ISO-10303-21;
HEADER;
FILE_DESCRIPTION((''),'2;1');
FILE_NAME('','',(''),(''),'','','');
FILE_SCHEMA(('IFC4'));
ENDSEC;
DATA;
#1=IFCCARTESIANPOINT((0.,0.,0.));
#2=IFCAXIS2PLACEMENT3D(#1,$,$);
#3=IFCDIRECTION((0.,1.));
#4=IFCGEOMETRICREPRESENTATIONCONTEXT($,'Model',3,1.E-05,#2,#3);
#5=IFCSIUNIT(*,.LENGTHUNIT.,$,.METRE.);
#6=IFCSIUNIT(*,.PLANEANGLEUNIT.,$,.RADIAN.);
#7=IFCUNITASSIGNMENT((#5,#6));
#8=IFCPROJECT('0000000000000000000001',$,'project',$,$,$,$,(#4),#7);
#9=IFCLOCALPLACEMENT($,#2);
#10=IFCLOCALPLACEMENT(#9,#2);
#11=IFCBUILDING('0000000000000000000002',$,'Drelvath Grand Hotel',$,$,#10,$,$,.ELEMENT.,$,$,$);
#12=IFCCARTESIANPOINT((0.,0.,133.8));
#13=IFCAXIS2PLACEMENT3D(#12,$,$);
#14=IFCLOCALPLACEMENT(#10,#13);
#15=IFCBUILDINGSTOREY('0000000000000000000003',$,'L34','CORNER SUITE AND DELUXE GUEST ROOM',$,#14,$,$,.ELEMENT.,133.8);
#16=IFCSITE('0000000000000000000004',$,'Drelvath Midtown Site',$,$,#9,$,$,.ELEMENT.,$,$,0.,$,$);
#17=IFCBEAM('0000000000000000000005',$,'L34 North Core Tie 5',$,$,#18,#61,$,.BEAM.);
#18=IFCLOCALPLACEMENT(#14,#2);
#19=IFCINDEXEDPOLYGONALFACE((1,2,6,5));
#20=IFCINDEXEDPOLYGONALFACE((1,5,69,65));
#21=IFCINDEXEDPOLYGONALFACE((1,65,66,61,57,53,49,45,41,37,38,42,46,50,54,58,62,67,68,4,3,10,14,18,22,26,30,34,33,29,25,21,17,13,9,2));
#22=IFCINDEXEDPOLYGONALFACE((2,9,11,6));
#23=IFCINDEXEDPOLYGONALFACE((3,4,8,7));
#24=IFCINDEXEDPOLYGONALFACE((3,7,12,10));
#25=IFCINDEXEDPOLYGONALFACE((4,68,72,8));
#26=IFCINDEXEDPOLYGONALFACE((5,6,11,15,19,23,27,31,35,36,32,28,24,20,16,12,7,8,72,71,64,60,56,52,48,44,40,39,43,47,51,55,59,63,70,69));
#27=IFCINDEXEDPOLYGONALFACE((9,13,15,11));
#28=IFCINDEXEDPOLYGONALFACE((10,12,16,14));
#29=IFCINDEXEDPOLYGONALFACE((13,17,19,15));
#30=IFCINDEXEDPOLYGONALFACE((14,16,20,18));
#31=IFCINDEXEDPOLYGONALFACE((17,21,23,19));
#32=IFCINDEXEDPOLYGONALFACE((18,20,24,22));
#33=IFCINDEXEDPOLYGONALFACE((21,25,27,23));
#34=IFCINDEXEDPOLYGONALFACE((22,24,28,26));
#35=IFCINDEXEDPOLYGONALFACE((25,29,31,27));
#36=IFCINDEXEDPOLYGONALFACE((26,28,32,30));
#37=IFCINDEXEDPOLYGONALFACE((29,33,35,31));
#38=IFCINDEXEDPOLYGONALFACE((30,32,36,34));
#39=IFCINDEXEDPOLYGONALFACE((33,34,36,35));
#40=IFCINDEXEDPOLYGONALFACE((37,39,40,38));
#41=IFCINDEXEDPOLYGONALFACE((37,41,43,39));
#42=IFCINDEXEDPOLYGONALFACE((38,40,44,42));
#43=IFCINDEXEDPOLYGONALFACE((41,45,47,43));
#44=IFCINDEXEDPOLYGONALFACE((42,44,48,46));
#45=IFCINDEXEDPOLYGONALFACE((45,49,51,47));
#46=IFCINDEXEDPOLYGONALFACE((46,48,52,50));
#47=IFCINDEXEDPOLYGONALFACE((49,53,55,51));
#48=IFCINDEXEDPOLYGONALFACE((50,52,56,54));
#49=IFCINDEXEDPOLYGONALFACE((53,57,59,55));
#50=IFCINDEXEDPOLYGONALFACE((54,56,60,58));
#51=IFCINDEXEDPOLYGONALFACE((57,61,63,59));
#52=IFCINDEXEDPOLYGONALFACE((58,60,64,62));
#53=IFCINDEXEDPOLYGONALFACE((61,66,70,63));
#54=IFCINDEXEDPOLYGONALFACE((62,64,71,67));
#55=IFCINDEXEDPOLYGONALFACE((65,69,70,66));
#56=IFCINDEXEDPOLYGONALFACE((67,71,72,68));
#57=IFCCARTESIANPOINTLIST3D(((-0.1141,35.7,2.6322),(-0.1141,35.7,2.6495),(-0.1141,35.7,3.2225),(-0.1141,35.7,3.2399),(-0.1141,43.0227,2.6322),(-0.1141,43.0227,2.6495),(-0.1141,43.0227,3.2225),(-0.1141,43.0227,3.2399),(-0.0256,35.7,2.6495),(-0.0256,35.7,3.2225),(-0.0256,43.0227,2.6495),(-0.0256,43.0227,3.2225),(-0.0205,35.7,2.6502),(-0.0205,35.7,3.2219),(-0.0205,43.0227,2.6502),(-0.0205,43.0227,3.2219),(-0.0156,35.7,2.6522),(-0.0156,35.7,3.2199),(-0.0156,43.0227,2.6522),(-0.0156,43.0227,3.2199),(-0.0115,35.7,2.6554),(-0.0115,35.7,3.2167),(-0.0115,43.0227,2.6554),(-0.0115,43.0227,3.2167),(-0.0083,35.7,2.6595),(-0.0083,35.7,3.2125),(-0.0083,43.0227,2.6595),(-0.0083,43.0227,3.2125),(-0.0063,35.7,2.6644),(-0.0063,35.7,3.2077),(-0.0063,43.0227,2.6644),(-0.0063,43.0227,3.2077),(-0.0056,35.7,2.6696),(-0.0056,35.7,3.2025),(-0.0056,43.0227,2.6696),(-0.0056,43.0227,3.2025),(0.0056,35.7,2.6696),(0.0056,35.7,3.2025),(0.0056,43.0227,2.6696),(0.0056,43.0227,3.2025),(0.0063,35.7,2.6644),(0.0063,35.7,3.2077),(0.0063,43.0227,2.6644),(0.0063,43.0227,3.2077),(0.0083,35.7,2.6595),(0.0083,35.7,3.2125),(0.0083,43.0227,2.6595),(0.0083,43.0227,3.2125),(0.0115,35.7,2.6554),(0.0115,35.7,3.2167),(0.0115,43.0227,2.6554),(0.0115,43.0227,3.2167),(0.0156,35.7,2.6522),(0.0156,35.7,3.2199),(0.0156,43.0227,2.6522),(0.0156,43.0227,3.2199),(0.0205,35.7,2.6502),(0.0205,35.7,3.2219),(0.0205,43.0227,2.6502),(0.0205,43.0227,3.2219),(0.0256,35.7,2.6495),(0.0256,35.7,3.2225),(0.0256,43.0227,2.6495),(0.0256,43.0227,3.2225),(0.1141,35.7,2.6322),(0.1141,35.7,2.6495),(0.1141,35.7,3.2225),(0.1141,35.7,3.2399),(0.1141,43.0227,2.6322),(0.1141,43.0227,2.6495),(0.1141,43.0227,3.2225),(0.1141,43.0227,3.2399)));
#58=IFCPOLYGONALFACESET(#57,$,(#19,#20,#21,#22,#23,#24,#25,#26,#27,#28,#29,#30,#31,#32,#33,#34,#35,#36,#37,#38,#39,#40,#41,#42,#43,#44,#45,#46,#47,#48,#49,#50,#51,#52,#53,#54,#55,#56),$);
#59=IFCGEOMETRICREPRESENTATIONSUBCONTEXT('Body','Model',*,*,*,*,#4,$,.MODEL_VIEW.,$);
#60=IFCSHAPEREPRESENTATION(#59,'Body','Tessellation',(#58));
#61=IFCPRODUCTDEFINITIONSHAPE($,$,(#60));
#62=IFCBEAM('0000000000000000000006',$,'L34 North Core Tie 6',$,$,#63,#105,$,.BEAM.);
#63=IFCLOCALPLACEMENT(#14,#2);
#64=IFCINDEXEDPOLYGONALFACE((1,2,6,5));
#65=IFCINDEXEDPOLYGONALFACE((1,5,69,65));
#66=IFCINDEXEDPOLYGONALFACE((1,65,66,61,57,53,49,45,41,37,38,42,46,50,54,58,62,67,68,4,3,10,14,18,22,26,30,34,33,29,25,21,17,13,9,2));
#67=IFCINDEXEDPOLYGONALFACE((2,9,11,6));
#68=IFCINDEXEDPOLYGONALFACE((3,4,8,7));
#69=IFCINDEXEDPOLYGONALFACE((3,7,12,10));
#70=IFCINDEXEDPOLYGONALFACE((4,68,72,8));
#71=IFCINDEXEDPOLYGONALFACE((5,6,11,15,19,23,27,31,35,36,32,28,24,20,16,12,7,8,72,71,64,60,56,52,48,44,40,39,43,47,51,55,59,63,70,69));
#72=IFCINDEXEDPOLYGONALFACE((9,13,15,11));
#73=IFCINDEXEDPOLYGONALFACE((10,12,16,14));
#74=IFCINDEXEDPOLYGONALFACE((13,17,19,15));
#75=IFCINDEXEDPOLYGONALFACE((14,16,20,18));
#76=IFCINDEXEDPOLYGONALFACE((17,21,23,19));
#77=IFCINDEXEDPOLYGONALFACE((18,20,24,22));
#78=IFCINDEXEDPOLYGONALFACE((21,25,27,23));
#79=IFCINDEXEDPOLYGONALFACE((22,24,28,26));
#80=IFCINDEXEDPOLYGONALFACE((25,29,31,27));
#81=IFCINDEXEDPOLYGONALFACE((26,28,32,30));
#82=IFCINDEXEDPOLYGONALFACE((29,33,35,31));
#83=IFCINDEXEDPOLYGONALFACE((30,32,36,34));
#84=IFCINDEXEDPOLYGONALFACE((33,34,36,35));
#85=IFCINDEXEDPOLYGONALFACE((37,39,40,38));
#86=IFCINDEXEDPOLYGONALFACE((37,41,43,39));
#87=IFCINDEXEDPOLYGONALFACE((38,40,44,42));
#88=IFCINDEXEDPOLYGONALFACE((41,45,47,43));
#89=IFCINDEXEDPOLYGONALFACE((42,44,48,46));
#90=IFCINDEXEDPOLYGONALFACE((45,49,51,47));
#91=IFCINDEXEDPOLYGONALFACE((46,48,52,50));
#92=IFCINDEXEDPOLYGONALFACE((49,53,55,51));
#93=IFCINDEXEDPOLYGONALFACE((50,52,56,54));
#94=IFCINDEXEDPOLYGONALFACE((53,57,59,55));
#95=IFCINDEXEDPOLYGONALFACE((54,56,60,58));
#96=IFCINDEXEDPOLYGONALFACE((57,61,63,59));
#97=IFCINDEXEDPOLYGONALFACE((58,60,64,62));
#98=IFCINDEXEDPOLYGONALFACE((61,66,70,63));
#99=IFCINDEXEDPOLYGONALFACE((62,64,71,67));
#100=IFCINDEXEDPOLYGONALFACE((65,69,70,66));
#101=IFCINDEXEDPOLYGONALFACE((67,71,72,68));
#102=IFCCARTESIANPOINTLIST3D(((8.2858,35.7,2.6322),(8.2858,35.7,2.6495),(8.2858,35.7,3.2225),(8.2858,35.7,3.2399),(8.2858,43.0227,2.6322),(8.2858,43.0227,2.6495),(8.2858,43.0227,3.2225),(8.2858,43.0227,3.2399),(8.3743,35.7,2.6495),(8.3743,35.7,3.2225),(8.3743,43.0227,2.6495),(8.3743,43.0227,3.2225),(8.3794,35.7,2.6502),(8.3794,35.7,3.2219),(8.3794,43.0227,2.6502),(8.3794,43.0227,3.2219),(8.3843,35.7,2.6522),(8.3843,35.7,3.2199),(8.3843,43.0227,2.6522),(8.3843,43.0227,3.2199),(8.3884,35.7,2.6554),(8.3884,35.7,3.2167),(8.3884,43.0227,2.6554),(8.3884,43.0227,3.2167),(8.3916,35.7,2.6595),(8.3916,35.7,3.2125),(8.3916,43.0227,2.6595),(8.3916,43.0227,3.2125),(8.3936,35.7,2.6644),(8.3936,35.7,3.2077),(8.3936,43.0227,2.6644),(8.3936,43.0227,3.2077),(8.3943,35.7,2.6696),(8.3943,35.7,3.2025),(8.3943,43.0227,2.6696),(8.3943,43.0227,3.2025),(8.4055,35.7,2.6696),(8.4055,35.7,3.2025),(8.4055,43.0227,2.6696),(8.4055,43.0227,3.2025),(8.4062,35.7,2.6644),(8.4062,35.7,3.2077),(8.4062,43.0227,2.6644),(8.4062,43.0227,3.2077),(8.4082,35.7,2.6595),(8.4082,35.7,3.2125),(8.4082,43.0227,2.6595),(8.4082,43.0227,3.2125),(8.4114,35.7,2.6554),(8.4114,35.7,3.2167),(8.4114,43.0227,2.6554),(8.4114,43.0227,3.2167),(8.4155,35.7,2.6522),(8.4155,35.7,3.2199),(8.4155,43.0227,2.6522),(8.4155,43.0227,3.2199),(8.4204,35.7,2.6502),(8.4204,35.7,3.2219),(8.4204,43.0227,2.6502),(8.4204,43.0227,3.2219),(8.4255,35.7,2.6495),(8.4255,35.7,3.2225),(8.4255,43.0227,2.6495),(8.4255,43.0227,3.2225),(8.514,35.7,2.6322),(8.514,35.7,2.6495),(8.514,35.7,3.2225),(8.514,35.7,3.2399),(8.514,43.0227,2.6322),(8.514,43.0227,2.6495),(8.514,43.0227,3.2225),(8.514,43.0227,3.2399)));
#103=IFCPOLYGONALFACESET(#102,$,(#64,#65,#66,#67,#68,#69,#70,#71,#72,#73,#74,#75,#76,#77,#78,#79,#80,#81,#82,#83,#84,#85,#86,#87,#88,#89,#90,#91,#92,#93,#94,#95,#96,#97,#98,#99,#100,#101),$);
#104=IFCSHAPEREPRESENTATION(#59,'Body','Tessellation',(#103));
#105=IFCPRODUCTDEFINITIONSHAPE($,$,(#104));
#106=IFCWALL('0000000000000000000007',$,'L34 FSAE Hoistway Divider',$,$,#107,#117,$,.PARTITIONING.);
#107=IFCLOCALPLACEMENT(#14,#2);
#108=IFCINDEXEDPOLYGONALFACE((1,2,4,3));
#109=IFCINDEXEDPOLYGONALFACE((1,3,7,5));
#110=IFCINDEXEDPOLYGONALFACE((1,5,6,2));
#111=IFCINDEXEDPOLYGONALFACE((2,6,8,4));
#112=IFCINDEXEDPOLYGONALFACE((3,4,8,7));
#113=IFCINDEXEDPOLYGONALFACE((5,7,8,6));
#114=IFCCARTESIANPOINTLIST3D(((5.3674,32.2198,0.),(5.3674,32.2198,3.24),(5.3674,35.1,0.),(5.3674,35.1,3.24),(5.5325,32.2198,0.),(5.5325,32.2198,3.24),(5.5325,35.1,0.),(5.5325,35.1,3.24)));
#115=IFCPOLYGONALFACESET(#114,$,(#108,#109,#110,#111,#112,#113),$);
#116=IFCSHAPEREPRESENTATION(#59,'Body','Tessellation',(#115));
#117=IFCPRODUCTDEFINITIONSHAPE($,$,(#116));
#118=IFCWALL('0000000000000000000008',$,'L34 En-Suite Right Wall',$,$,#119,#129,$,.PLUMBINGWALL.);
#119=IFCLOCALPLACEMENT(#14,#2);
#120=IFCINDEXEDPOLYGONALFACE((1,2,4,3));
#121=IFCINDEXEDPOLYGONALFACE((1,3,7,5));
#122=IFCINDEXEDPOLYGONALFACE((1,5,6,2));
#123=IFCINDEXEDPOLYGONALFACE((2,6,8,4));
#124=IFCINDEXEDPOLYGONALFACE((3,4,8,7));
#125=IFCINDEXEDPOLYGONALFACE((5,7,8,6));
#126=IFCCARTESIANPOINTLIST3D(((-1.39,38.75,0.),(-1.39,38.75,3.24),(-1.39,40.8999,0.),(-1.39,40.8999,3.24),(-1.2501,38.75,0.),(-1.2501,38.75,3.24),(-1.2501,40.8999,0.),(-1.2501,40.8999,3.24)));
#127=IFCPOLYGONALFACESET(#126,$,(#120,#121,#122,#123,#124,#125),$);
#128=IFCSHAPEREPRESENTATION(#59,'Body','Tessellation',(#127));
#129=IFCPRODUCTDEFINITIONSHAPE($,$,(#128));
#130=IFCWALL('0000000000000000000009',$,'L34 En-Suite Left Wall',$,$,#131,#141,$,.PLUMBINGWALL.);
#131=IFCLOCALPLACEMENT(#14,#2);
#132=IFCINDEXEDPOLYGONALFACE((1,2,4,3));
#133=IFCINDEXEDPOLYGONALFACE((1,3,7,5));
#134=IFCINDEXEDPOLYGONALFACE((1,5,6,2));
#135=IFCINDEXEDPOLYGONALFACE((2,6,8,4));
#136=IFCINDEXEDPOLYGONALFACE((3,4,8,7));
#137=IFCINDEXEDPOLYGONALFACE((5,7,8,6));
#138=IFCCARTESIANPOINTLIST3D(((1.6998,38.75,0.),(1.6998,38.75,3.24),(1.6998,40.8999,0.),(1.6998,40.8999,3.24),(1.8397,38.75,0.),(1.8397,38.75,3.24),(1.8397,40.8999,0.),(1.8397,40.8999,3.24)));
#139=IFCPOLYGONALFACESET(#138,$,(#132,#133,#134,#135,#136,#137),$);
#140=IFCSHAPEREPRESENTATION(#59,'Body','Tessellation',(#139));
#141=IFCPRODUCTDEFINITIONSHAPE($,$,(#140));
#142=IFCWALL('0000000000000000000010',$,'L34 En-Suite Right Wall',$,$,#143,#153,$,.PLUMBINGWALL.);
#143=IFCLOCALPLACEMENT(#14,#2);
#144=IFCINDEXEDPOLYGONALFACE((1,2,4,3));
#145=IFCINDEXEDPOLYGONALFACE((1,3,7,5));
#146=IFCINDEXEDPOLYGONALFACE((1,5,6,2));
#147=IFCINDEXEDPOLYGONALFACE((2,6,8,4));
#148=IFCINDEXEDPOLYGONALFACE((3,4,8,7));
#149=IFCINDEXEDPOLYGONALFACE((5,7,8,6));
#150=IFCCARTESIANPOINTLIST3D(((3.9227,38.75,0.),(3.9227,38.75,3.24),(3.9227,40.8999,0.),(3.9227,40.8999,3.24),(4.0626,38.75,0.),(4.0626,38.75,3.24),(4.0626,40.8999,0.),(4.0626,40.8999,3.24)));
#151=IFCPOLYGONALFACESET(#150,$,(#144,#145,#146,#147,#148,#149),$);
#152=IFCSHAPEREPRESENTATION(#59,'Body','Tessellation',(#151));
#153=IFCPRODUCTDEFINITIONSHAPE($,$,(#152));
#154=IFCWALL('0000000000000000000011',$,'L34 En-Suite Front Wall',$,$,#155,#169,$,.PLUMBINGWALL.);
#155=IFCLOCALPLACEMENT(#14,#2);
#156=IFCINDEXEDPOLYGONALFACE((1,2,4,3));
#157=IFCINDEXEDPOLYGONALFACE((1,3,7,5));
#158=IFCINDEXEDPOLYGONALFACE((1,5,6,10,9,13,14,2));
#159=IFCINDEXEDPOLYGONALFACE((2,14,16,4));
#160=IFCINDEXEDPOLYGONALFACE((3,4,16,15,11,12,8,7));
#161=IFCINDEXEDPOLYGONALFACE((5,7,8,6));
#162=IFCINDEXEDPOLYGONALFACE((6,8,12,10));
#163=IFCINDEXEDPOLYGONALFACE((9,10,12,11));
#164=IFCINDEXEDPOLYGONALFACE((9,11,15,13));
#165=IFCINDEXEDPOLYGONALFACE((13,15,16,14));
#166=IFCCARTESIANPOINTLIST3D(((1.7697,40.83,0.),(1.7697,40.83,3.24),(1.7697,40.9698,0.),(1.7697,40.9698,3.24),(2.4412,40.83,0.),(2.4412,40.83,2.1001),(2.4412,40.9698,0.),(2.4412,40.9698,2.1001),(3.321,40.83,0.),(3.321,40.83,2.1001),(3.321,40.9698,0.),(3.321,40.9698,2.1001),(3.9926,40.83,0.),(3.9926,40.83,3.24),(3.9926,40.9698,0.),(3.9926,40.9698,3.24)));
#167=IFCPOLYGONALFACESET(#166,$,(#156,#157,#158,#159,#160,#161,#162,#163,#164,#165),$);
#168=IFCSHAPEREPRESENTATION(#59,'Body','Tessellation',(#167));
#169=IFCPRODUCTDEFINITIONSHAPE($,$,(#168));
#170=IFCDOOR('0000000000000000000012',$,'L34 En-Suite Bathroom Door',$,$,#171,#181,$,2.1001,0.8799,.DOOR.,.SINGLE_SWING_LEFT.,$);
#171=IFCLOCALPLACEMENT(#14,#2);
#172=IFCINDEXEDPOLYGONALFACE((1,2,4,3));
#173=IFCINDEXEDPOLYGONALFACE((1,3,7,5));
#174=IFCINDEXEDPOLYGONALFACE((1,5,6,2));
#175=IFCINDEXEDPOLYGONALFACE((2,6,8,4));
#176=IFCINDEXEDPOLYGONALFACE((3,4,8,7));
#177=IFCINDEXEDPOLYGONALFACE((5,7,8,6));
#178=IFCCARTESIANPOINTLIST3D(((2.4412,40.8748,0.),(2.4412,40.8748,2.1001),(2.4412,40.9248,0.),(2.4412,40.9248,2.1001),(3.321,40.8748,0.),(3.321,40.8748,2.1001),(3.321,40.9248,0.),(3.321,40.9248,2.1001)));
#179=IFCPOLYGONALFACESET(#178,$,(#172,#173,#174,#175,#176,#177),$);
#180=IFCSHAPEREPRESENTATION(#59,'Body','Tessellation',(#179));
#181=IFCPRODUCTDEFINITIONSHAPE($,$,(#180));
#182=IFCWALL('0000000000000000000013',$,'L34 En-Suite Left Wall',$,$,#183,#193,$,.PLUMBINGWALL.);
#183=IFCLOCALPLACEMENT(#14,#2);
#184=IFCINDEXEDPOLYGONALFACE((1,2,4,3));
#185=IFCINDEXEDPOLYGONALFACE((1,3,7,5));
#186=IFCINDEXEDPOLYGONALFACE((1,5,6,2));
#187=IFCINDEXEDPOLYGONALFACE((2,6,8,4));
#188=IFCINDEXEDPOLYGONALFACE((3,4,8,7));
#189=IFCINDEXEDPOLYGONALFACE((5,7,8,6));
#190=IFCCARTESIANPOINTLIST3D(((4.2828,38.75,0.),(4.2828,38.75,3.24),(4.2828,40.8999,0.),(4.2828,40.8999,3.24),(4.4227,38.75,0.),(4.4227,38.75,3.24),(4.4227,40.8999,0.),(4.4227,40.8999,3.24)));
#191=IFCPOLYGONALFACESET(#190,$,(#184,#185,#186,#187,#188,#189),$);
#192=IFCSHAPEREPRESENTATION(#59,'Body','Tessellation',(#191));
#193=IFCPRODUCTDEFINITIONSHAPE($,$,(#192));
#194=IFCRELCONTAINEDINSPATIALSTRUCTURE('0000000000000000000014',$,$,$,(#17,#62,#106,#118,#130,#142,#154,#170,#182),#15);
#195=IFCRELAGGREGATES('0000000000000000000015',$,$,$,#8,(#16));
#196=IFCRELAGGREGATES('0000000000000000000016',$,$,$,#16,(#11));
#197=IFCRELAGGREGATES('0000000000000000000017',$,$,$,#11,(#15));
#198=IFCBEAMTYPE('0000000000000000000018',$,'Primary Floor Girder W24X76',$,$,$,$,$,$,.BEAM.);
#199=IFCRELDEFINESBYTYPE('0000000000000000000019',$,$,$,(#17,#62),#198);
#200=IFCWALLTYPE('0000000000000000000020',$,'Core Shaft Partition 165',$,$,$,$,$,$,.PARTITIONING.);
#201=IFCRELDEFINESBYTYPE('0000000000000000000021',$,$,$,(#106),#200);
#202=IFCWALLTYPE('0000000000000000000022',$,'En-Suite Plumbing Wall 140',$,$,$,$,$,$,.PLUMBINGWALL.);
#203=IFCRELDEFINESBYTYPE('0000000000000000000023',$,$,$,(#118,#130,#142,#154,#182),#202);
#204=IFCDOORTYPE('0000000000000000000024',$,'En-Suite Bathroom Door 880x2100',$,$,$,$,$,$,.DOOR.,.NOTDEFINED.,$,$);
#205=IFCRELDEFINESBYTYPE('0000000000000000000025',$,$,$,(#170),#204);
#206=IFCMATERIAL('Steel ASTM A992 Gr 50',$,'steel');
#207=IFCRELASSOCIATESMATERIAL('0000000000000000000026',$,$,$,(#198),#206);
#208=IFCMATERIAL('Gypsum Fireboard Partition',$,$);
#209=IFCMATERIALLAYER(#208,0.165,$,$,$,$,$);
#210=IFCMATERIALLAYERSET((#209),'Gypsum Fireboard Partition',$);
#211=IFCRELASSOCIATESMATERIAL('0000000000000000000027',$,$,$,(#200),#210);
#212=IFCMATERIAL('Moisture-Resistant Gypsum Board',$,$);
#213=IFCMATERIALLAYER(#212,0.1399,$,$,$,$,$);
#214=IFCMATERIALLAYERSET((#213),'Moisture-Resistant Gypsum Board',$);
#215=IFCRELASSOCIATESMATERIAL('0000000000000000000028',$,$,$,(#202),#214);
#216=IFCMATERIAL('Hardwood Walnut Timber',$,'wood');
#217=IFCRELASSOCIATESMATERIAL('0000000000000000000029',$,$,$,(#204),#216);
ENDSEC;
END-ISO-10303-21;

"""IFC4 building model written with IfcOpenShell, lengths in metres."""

from ifc_helpers import new_model, si_unit, direction, frame, frame_2d, origin, origin_2d, place, context, subcontext, project, spatial, rectangle, i_section, extrude, material, layer, layer_set, material_profile, profile_set, type_object, element, fill, save


model = new_model("IFC4")

# Units and contexts
model_context = context("Model", 3, precision=1e-05, world=origin(), true_north=direction((0.0, 1.0)))
body_context = subcontext(model_context, "Body", "Model", "MODEL_VIEW")
ifc_project = project(units=[si_unit("LENGTHUNIT", "METRE"), si_unit("PLANEANGLEUNIT", "RADIAN")], contexts=[model_context])

# Site, building, storey
site_placement = place(None, origin())
site = spatial("IfcSite", under=ifc_project, at=site_placement, Name="Drelvath Midtown Site", CompositionType="ELEMENT", RefElevation=0.0)
building_placement = place(site_placement, origin())
building = spatial("IfcBuilding", under=site, at=building_placement, Name="Drelvath Grand Hotel", CompositionType="ELEMENT")
storey_placement = place(building_placement, frame((0.0, 0.0, 133.8)))
storey = spatial("IfcBuildingStorey", under=building, at=storey_placement, Name="L34", Description="CORNER SUITE AND DELUXE GUEST ROOM", CompositionType="ELEMENT", Elevation=133.8)

# Beams
ifc_material_1 = material(Name="Steel ASTM A992 Gr 50", Category="steel")
ifc_material_profile = material_profile(ifc_material_1, i_section(OverallWidth=0.2283, OverallDepth=0.6077, WebThickness=0.0112, FlangeThickness=0.0173, FilletRadius=0.02, at=origin_2d()), Name="W24X76")
ifc_profile_set = profile_set([ifc_material_profile], Name="Steel ASTM A992 Gr 50")
beam_type = type_object("IfcBeamType", Name="Primary Floor Girder W24X76", PredefinedType="BEAM", material=ifc_profile_set)
for number, where, z_axis, x_axis, name in (
    (1, (0.0, 35.7, 2.936), (0.0, 1.0, 0.0), (-1.0, 0.0, 0.0), "L34 North Core Tie 5"),
    (2, (8.3999, 35.7, 2.936), (0.0, 1.0, 0.0), (-1.0, 0.0, 0.0), "L34 North Core Tie 6"),
):
    element("IfcBeam", number, at=place(storey_placement, frame(where, z_axis=z_axis, x_axis=x_axis)), inside=storey, type_object=beam_type, Name=name, PredefinedType="BEAM", context=body_context, shape_type="SweptSolid", body=[
        extrude(i_section(OverallWidth=0.2283, OverallDepth=0.6077, WebThickness=0.0112, FlangeThickness=0.0173, FilletRadius=0.02, at=origin_2d()), origin(), (0.0, 0.0, 1.0), 7.3228),
    ])

# Walls
ifc_material_2 = material(Name="Gypsum Fireboard Partition")
ifc_layer_1 = layer(ifc_material_2, 0.165)
ifc_layer_set_1 = layer_set([ifc_layer_1], Name="Gypsum Fireboard Partition")
wall_type_1 = type_object("IfcWallType", Name="Core Shaft Partition 165", PredefinedType="PARTITIONING", material=ifc_layer_set_1)
wall_1_placement = place(storey_placement, frame((5.45, 32.22, 0.0), z_axis=(0.0, 0.0, 1.0), x_axis=(0.0, 1.0, 0.0)))
element("IfcWall", 3, at=wall_1_placement, inside=storey, type_object=wall_type_1, Name="L34 FSAE Hoistway Divider", PredefinedType="PARTITIONING", context=body_context, shape_type="SweptSolid", body=[
    extrude(rectangle(XDim=2.8801, YDim=0.165, at=frame_2d((1.4399, 0.0))), origin(), (0.0, 0.0, 1.0), 3.24),
])
ifc_material_3 = material(Name="Moisture-Resistant Gypsum Board")
ifc_layer_2 = layer(ifc_material_3, 0.1399)
ifc_layer_set_2 = layer_set([ifc_layer_2], Name="Moisture-Resistant Gypsum Board")
wall_type_2 = type_object("IfcWallType", Name="En-Suite Plumbing Wall 140", PredefinedType="PLUMBINGWALL", material=ifc_layer_set_2)
for number, where, z_axis, x_axis, name in (
    (4, (-1.3201, 38.75, 0.0), (0.0, 0.0, 1.0), (0.0, 1.0, 0.0), "L34 En-Suite Right Wall"),
    (5, (1.7698, 38.75, 0.0), (0.0, 0.0, 1.0), (0.0, 1.0, 0.0), "L34 En-Suite Left Wall"),
    (6, (3.9927, 38.75, 0.0), (0.0, 0.0, 1.0), (0.0, 1.0, 0.0), "L34 En-Suite Right Wall"),
):
    element("IfcWall", number, at=place(storey_placement, frame(where, z_axis=z_axis, x_axis=x_axis)), inside=storey, type_object=wall_type_2, Name=name, PredefinedType="PLUMBINGWALL", context=body_context, shape_type="SweptSolid", body=[
        extrude(rectangle(XDim=2.1499, YDim=0.1399, at=frame_2d((1.075, 0.0))), origin(), (0.0, 0.0, 1.0), 3.24),
    ])

# Wall, opening, door
wall_2_placement = place(storey_placement, frame((1.7698, 40.8999, 0.0), z_axis=(0.0, 0.0, 1.0), x_axis=(1.0, 0.0, 0.0)))
wall_2 = element("IfcWall", 7, at=wall_2_placement, inside=storey, type_object=wall_type_2, Name="L34 En-Suite Front Wall", PredefinedType="PLUMBINGWALL", context=body_context, shape_type="SweptSolid", body=[
    extrude(rectangle(XDim=2.2229, YDim=0.1399, at=frame_2d((1.1113, 0.0))), origin(), (0.0, 0.0, 1.0), 3.24),
])
opening_1_placement = place(wall_2_placement, frame((0.6714, 0.0, 0.0)))
opening_1 = element("IfcOpeningElement", 8, at=opening_1_placement, cuts=wall_2, PredefinedType="OPENING", context=body_context, shape_type="SweptSolid", body=[
    extrude(rectangle(XDim=0.8799, YDim=2.1001, at=frame_2d((0.4399, 1.05))), frame((0.0, 0.0798, 0.0), z_axis=(0.0, -1.0, 0.0), x_axis=(1.0, 0.0, 0.0)), (0.0, 0.0, 1.0), 0.1599),
])
ifc_material_4 = material(Name="Hardwood Walnut Timber", Category="wood")
door_type_1 = type_object("IfcDoorType", Name="En-Suite Bathroom Door 880x2100", OperationType="NOTDEFINED", PredefinedType="DOOR", material=ifc_material_4)
door_1_placement = place(opening_1_placement, origin())
door_1 = element("IfcDoor", 9, at=door_1_placement, inside=storey, type_object=door_type_1, Name="L34 En-Suite Bathroom Door", OperationType="SINGLE_SWING_LEFT", OverallHeight=2.1001, OverallWidth=0.8799, PredefinedType="DOOR", context=body_context, shape_type="SweptSolid", body=[
    extrude(rectangle(XDim=0.8799, YDim=2.1001, at=frame_2d((0.4399, 1.05))), frame((0.0, 0.0249, 0.0), z_axis=(0.0, -1.0, 0.0), x_axis=(1.0, 0.0, 0.0)), (0.0, 0.0, 1.0), 0.05),
])
fill(opening_1, door_1)

# Wall
for number, where, z_axis, x_axis, name in (
    (10, (4.3528, 38.75, 0.0), (0.0, 0.0, 1.0), (0.0, 1.0, 0.0), "L34 En-Suite Left Wall"),
):
    element("IfcWall", number, at=place(storey_placement, frame(where, z_axis=z_axis, x_axis=x_axis)), inside=storey, type_object=wall_type_2, Name=name, PredefinedType="PLUMBINGWALL", context=body_context, shape_type="SweptSolid", body=[
        extrude(rectangle(XDim=2.1499, YDim=0.1399, at=frame_2d((1.075, 0.0))), origin(), (0.0, 0.0, 1.0), 3.24),
    ])

save(model, "model.ifc")
